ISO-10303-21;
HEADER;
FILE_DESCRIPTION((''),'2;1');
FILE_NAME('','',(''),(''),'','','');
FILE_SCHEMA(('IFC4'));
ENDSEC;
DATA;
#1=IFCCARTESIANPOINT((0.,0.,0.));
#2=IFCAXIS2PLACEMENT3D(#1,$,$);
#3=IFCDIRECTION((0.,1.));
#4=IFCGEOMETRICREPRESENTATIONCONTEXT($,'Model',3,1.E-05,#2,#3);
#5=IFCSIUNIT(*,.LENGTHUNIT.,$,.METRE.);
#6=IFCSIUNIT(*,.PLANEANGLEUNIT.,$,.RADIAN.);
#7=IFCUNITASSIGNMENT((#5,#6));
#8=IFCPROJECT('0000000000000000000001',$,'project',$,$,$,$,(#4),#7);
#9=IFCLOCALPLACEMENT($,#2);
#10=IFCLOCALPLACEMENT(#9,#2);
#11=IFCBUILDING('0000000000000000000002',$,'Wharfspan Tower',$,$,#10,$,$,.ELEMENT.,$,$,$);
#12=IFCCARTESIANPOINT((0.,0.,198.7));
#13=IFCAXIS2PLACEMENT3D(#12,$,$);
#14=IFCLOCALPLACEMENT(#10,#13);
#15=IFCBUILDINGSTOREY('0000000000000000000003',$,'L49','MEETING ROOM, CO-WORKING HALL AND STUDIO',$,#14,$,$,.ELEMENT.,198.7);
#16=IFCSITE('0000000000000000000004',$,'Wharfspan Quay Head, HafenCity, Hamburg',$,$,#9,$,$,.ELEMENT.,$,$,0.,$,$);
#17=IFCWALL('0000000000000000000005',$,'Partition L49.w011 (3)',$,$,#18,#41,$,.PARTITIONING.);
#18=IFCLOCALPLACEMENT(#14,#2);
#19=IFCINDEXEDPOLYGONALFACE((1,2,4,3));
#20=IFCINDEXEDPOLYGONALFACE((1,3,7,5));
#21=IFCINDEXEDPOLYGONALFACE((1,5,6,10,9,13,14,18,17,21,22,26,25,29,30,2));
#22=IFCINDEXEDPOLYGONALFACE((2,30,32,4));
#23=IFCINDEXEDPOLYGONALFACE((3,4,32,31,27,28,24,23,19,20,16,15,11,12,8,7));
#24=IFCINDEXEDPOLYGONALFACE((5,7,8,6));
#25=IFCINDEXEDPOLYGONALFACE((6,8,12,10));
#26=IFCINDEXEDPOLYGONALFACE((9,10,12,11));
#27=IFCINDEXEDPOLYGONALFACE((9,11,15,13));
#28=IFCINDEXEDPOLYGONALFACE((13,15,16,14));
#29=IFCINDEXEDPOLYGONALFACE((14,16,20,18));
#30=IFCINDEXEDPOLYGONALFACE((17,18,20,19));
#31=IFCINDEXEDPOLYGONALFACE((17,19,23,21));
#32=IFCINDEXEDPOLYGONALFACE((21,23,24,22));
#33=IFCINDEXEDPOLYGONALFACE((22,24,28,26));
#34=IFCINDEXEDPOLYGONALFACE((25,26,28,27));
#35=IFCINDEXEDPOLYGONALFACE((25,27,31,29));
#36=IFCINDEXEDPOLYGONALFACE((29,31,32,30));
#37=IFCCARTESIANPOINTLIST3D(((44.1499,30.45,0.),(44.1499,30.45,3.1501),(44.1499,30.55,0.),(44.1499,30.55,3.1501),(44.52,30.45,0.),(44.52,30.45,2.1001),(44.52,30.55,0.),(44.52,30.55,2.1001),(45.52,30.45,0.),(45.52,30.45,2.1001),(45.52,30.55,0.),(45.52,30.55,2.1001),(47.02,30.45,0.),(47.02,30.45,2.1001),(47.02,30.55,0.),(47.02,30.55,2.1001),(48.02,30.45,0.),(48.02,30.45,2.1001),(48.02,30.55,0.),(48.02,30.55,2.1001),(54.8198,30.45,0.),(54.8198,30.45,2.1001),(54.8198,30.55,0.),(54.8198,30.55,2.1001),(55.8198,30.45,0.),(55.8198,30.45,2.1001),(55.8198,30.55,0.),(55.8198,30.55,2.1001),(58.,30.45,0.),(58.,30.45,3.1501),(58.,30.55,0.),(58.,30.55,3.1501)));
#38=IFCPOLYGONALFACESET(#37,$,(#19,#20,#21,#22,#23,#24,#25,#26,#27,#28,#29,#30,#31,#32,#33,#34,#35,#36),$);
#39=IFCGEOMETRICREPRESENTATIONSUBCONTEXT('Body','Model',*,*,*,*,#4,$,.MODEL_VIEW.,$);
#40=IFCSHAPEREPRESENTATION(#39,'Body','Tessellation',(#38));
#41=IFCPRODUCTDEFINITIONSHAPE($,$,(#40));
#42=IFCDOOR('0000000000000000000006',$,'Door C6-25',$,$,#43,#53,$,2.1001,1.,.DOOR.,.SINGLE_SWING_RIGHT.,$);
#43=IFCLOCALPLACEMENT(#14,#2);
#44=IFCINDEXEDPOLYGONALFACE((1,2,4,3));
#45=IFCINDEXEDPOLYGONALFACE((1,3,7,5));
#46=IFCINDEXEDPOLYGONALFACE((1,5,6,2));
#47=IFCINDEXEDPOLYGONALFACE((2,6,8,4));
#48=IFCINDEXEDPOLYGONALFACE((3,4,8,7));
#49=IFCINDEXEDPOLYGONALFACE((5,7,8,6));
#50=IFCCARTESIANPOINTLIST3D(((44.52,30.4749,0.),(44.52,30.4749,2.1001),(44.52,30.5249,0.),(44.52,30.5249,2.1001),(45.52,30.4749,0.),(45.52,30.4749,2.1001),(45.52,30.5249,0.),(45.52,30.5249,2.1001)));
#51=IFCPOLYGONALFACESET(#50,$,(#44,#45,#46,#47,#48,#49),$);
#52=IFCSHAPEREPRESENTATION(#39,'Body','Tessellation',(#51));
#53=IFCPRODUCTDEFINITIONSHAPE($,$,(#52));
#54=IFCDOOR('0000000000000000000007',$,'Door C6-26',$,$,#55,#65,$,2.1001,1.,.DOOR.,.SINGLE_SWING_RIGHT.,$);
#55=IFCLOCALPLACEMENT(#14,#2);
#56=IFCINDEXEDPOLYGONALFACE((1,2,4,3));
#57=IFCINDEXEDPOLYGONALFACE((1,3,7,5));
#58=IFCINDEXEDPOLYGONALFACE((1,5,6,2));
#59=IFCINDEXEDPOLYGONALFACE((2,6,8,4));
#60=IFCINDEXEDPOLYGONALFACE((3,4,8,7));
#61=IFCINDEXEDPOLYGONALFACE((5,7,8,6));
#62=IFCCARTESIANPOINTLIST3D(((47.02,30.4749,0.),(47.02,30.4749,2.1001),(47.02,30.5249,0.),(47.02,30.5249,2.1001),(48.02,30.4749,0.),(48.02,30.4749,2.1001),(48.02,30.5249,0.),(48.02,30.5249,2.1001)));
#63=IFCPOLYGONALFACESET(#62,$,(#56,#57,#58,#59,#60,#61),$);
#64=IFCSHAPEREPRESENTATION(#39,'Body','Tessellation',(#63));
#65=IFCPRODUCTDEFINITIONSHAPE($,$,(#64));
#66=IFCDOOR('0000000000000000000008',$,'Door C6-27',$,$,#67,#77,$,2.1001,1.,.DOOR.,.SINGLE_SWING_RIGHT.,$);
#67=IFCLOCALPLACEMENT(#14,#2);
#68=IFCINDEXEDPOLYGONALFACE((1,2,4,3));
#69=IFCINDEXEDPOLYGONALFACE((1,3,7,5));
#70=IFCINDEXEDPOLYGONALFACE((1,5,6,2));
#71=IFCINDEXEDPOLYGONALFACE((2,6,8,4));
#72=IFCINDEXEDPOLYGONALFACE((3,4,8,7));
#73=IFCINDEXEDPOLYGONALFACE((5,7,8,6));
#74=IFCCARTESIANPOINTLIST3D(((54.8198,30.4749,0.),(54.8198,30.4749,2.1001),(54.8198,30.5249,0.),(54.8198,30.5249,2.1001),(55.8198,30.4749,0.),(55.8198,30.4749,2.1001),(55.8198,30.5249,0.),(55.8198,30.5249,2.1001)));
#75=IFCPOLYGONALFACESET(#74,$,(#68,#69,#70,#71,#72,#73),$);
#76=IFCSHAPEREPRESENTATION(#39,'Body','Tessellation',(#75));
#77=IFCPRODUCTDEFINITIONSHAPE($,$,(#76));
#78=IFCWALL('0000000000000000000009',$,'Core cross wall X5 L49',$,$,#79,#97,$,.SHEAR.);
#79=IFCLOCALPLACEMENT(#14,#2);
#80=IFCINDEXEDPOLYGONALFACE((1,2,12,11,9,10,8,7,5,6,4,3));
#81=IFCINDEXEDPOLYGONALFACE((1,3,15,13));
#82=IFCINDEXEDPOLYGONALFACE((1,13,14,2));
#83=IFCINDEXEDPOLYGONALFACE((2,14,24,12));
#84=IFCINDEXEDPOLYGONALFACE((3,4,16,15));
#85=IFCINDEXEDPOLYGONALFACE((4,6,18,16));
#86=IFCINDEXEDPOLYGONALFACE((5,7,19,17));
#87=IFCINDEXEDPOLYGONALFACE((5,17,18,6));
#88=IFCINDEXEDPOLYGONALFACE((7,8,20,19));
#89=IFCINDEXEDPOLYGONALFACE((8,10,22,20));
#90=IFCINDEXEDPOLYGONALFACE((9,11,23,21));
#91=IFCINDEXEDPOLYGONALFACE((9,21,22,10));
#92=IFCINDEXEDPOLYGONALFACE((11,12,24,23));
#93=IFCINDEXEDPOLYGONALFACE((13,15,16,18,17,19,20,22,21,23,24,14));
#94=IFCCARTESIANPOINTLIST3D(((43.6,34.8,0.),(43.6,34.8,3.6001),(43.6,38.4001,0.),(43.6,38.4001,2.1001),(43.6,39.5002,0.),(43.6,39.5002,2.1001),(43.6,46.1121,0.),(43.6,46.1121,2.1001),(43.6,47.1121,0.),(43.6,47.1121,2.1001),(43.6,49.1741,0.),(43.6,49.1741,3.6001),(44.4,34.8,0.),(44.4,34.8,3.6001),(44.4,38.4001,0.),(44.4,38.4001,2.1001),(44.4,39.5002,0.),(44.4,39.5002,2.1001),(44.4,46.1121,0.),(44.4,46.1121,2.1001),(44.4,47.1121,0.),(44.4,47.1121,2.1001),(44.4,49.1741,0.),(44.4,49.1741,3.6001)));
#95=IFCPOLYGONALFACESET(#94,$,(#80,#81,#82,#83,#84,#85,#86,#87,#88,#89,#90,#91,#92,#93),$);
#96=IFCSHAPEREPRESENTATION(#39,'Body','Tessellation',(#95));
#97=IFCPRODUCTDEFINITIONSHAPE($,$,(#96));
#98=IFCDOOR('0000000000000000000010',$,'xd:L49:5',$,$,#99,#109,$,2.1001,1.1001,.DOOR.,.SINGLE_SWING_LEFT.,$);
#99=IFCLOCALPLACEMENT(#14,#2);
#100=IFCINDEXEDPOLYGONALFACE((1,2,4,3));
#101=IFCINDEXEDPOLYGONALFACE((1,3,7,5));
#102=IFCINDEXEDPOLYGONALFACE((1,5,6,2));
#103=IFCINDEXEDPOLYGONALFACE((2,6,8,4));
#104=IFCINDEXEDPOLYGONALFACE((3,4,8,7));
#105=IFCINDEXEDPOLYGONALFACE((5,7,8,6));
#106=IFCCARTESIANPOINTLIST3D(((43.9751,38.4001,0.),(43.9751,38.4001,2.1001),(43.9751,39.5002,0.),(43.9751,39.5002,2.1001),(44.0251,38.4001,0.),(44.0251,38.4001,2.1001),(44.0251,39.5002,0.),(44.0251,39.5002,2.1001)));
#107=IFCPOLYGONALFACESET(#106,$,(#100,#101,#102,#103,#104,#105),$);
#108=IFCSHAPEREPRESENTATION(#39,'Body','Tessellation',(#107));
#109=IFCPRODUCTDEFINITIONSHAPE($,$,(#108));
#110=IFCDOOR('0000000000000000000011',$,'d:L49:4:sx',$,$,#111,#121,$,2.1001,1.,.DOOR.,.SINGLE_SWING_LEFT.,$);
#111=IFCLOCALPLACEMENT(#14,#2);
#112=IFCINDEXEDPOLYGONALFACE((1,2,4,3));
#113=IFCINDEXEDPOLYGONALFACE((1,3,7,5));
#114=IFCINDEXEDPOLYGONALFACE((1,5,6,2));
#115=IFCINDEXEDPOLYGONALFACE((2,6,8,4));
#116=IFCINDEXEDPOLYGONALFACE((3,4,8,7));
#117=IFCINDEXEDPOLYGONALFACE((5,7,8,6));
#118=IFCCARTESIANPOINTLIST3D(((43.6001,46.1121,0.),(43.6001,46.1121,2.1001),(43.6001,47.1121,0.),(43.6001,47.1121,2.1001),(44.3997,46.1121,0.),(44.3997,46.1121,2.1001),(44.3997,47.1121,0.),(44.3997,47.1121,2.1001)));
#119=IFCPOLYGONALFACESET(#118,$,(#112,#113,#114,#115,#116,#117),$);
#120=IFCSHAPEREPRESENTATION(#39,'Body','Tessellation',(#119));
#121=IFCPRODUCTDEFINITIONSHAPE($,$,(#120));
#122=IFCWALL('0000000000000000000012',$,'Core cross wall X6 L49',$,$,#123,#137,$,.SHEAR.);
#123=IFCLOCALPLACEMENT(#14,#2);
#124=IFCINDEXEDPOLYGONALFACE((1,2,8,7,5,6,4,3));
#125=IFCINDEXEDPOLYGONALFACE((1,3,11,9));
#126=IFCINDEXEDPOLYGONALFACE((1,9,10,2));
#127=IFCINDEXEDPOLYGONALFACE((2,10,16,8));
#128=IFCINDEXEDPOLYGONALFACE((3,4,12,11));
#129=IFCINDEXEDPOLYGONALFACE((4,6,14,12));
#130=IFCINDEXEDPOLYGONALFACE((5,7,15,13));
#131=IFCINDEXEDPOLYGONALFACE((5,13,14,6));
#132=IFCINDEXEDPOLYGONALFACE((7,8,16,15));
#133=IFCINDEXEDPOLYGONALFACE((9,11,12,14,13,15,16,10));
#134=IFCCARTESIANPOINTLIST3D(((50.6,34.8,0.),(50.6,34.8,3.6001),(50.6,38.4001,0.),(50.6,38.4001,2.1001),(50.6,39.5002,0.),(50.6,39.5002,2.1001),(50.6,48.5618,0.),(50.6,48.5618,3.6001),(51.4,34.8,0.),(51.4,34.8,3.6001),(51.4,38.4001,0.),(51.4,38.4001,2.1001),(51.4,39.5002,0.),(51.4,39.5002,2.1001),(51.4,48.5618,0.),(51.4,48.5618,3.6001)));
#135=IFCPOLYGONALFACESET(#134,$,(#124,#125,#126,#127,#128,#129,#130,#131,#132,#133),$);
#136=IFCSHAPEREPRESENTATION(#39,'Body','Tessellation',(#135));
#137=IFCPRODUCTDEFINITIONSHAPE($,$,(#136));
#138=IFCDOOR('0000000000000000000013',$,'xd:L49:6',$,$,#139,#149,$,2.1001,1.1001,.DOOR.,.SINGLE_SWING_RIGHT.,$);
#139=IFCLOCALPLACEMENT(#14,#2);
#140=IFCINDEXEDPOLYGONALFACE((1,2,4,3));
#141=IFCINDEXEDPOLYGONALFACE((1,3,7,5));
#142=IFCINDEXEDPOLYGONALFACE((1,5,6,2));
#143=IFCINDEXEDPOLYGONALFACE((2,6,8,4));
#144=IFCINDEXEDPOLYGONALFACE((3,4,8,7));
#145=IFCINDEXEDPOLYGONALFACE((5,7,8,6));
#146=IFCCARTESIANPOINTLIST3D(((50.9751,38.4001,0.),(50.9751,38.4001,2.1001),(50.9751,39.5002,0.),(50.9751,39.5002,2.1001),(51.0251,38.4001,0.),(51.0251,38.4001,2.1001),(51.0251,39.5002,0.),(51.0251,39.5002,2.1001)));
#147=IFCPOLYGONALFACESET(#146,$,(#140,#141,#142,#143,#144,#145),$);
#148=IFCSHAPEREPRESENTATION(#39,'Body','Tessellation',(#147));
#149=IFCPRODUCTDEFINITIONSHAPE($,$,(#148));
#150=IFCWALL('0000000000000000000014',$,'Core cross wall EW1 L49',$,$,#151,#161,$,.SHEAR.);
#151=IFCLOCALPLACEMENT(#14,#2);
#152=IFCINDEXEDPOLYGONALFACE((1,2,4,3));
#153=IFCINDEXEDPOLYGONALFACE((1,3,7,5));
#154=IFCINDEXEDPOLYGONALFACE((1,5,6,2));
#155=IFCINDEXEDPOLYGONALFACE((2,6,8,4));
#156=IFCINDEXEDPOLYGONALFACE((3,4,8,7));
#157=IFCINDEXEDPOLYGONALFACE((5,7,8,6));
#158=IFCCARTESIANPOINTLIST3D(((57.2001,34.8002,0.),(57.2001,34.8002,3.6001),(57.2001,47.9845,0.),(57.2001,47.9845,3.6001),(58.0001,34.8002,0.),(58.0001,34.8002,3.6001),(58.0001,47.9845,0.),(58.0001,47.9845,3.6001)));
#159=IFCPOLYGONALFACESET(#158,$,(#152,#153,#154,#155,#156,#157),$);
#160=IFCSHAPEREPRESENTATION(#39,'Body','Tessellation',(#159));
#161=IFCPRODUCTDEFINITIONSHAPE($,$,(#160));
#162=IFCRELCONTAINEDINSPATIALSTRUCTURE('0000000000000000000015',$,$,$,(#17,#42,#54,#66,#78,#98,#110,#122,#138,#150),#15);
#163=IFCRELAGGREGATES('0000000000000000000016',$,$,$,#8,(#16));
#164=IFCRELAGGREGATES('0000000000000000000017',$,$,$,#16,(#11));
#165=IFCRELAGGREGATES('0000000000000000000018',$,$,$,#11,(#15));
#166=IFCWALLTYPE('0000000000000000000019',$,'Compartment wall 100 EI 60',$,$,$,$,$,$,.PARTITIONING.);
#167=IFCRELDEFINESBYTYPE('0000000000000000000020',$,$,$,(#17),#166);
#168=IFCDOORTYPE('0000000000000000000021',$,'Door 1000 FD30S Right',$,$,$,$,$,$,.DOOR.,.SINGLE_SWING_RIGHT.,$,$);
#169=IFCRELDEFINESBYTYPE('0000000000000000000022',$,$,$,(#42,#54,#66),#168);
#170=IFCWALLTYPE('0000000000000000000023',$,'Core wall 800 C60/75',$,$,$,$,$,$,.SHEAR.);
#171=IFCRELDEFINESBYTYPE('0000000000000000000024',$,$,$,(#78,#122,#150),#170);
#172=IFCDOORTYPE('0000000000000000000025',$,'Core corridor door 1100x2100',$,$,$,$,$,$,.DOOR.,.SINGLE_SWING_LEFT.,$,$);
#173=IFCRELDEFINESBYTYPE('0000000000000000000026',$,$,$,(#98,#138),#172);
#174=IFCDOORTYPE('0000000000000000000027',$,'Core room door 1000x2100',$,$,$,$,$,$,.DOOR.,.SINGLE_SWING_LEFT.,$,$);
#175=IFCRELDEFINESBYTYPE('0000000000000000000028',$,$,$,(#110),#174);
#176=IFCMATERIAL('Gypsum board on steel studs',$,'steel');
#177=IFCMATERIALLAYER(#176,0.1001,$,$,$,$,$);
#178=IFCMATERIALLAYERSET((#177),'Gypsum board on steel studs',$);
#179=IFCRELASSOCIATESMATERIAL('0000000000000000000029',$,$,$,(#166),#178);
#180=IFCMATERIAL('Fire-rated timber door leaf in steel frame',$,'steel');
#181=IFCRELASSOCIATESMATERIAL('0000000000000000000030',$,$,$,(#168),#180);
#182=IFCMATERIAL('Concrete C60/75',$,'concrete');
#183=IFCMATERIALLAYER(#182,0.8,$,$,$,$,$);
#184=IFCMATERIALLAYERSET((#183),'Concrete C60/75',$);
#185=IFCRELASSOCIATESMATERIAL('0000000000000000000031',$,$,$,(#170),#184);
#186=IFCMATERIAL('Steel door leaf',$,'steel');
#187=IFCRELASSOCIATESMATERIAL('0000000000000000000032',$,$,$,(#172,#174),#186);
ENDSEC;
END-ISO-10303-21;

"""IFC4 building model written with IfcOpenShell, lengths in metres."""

from ifc_helpers import new_model, si_unit, direction, frame, frame_2d, origin, place, context, subcontext, project, spatial, rectangle, extrude, material, layer, layer_set, type_object, element, fill, save


model = new_model("IFC4")

# Units and contexts
model_context = context("Model", 3, precision=1e-05, world=origin(), true_north=direction((0.0, 1.0)))
body_context = subcontext(model_context, "Body", "Model", "MODEL_VIEW")
ifc_project = project(units=[si_unit("LENGTHUNIT", "METRE"), si_unit("PLANEANGLEUNIT", "RADIAN")], contexts=[model_context])

# Site, building, storey
site_placement = place(None, origin())
site = spatial("IfcSite", under=ifc_project, at=site_placement, Name="Wharfspan Quay Head, HafenCity, Hamburg", CompositionType="ELEMENT", RefElevation=0.0)
building_placement = place(site_placement, origin())
building = spatial("IfcBuilding", under=site, at=building_placement, Name="Wharfspan Tower", CompositionType="ELEMENT")
storey_placement = place(building_placement, frame((0.0, 0.0, 198.7)))
storey = spatial("IfcBuildingStorey", under=building, at=storey_placement, Name="L49", Description="MEETING ROOM, CO-WORKING HALL AND STUDIO", CompositionType="ELEMENT", Elevation=198.7)

# Shared definitions
ifc_material_1 = material(Name="Gypsum board on steel studs", Category="steel")
ifc_layer_1 = layer(ifc_material_1, 0.1001)
ifc_layer_set_1 = layer_set([ifc_layer_1], Name="Gypsum board on steel studs")
wall_type_1 = type_object("IfcWallType", Name="Compartment wall 100 EI 60", PredefinedType="PARTITIONING", material=ifc_layer_set_1)

# Walls, openings, doors
wall_1_placement = place(storey_placement, frame((44.1499, 30.5, 0.0), z_axis=(0.0, 0.0, 1.0), x_axis=(1.0, 0.0, 0.0)))
wall_1 = element("IfcWall", 1, at=wall_1_placement, inside=storey, type_object=wall_type_1, Name="Partition L49.w011 (3)", PredefinedType="PARTITIONING", context=body_context, shape_type="SweptSolid", body=[
    extrude(rectangle(XDim=13.8501, YDim=0.1001, at=frame_2d((6.925, 0.0))), origin(), (0.0, 0.0, 1.0), 3.1501),
])
opening_1_placement = place(wall_1_placement, frame((0.3701, 0.0, 0.0)))
opening_1 = element("IfcOpeningElement", 2, at=opening_1_placement, cuts=wall_1, PredefinedType="OPENING", context=body_context, shape_type="SweptSolid", body=[
    extrude(rectangle(XDim=1.0, YDim=2.1001, at=frame_2d((0.5, 1.05))), frame((0.0, 0.0601, 0.0), z_axis=(0.0, -1.0, 0.0), x_axis=(1.0, 0.0, 0.0)), (0.0, 0.0, 1.0), 0.1201),
])
opening_2_placement = place(wall_1_placement, frame((2.8701, 0.0, 0.0)))
opening_2 = element("IfcOpeningElement", 3, at=opening_2_placement, cuts=wall_1, PredefinedType="OPENING", context=body_context, shape_type="SweptSolid", body=[
    extrude(rectangle(XDim=1.0, YDim=2.1001, at=frame_2d((0.5, 1.05))), frame((0.0, 0.0601, 0.0), z_axis=(0.0, -1.0, 0.0), x_axis=(1.0, 0.0, 0.0)), (0.0, 0.0, 1.0), 0.1201),
])
opening_3_placement = place(wall_1_placement, frame((10.6699, 0.0, 0.0)))
opening_3 = element("IfcOpeningElement", 4, at=opening_3_placement, cuts=wall_1, PredefinedType="OPENING", context=body_context, shape_type="SweptSolid", body=[
    extrude(rectangle(XDim=1.0, YDim=2.1001, at=frame_2d((0.5, 1.05))), frame((0.0, 0.0601, 0.0), z_axis=(0.0, -1.0, 0.0), x_axis=(1.0, 0.0, 0.0)), (0.0, 0.0, 1.0), 0.1201),
])
ifc_material_2 = material(Name="Fire-rated timber door leaf in steel frame", Category="steel")
door_type_1 = type_object("IfcDoorType", Name="Door 1000 FD30S Right", OperationType="SINGLE_SWING_RIGHT", PredefinedType="DOOR", material=ifc_material_2)
door_1_placement = place(opening_1_placement, origin())
door_1 = element("IfcDoor", 5, at=door_1_placement, inside=storey, type_object=door_type_1, Name="Door C6-25", OperationType="SINGLE_SWING_RIGHT", OverallHeight=2.1001, OverallWidth=1.0, PredefinedType="DOOR", context=body_context, shape_type="SweptSolid", body=[
    extrude(rectangle(XDim=1.0, YDim=2.1001, at=frame_2d((0.5, 1.05))), frame((0.0, 0.0249, 0.0), z_axis=(0.0, -1.0, 0.0), x_axis=(1.0, 0.0, 0.0)), (0.0, 0.0, 1.0), 0.05),
])
fill(opening_1, door_1)
door_2_placement = place(opening_2_placement, origin())
door_2 = element("IfcDoor", 6, at=door_2_placement, inside=storey, type_object=door_type_1, Name="Door C6-26", OperationType="SINGLE_SWING_RIGHT", OverallHeight=2.1001, OverallWidth=1.0, PredefinedType="DOOR", context=body_context, shape_type="SweptSolid", body=[
    extrude(rectangle(XDim=1.0, YDim=2.1001, at=frame_2d((0.5, 1.05))), frame((0.0, 0.0249, 0.0), z_axis=(0.0, -1.0, 0.0), x_axis=(1.0, 0.0, 0.0)), (0.0, 0.0, 1.0), 0.05),
])
fill(opening_2, door_2)
door_3_placement = place(opening_3_placement, origin())
door_3 = element("IfcDoor", 7, at=door_3_placement, inside=storey, type_object=door_type_1, Name="Door C6-27", OperationType="SINGLE_SWING_RIGHT", OverallHeight=2.1001, OverallWidth=1.0, PredefinedType="DOOR", context=body_context, shape_type="SweptSolid", body=[
    extrude(rectangle(XDim=1.0, YDim=2.1001, at=frame_2d((0.5, 1.05))), frame((0.0, 0.0249, 0.0), z_axis=(0.0, -1.0, 0.0), x_axis=(1.0, 0.0, 0.0)), (0.0, 0.0, 1.0), 0.05),
])
fill(opening_3, door_3)
ifc_material_3 = material(Name="Concrete C60/75", Category="concrete")
ifc_layer_2 = layer(ifc_material_3, 0.8)
ifc_layer_set_2 = layer_set([ifc_layer_2], Name="Concrete C60/75")
wall_type_2 = type_object("IfcWallType", Name="Core wall 800 C60/75", PredefinedType="SHEAR", material=ifc_layer_set_2)
wall_2_placement = place(storey_placement, frame((44.0, 34.8, 0.0), z_axis=(0.0, 0.0, 1.0), x_axis=(0.0, 1.0, 0.0)))
wall_2 = element("IfcWall", 8, at=wall_2_placement, inside=storey, type_object=wall_type_2, Name="Core cross wall X5 L49", PredefinedType="SHEAR", context=body_context, shape_type="SweptSolid", body=[
    extrude(rectangle(XDim=14.374, YDim=0.8, at=frame_2d((7.187, 0.0))), origin(), (0.0, 0.0, 1.0), 3.6001),
])
opening_4_placement = place(wall_2_placement, frame((11.312, 0.0, 0.0)))
opening_4 = element("IfcOpeningElement", 9, at=opening_4_placement, cuts=wall_2, PredefinedType="OPENING", context=body_context, shape_type="SweptSolid", body=[
    extrude(rectangle(XDim=1.0, YDim=2.1001, at=frame_2d((0.5, 1.05))), frame((0.0, 0.4099, 0.0), z_axis=(0.0, -1.0, 0.0), x_axis=(1.0, 0.0, 0.0)), (0.0, 0.0, 1.0), 0.8201),
])
opening_5_placement = place(wall_2_placement, frame((3.6001, 0.0, 0.0)))
opening_5 = element("IfcOpeningElement", 10, at=opening_5_placement, cuts=wall_2, PredefinedType="OPENING", context=body_context, shape_type="SweptSolid", body=[
    extrude(rectangle(XDim=1.1001, YDim=2.1001, at=frame_2d((0.55, 1.05))), frame((0.0, 0.4099, 0.0), z_axis=(0.0, -1.0, 0.0), x_axis=(1.0, 0.0, 0.0)), (0.0, 0.0, 1.0), 0.8201),
])
ifc_material_4 = material(Name="Steel door leaf", Category="steel")
door_type_2 = type_object("IfcDoorType", Name="Core corridor door 1100x2100", OperationType="SINGLE_SWING_LEFT", PredefinedType="DOOR", material=ifc_material_4)
door_4_placement = place(opening_5_placement, origin())
door_4 = element("IfcDoor", 11, at=door_4_placement, inside=storey, type_object=door_type_2, Name="xd:L49:5", OperationType="SINGLE_SWING_LEFT", OverallHeight=2.1001, OverallWidth=1.1001, PredefinedType="DOOR", context=body_context, shape_type="SweptSolid", body=[
    extrude(rectangle(XDim=1.1001, YDim=2.1001, at=frame_2d((0.55, 1.05))), frame((0.0, 0.0249, 0.0), z_axis=(0.0, -1.0, 0.0), x_axis=(1.0, 0.0, 0.0)), (0.0, 0.0, 1.0), 0.05),
])
fill(opening_5, door_4)
door_type_3 = type_object("IfcDoorType", Name="Core room door 1000x2100", OperationType="SINGLE_SWING_LEFT", PredefinedType="DOOR", material=ifc_material_4)
door_5_placement = place(opening_4_placement, origin())
door_5 = element("IfcDoor", 12, at=door_5_placement, inside=storey, type_object=door_type_3, Name="d:L49:4:sx", OperationType="SINGLE_SWING_LEFT", OverallHeight=2.1001, OverallWidth=1.0, PredefinedType="DOOR", context=body_context, shape_type="SweptSolid", body=[
    extrude(rectangle(XDim=1.0, YDim=2.1001, at=frame_2d((0.5, 1.05))), frame((0.0, 0.3999, 0.0), z_axis=(0.0, -1.0, 0.0), x_axis=(1.0, 0.0, 0.0)), (0.0, 0.0, 1.0), 0.7996),
])
fill(opening_4, door_5)

# Wall, opening, door
wall_3_placement = place(storey_placement, frame((51.0, 34.8, 0.0), z_axis=(0.0, 0.0, 1.0), x_axis=(0.0, 1.0, 0.0)))
wall_3 = element("IfcWall", 13, at=wall_3_placement, inside=storey, type_object=wall_type_2, Name="Core cross wall X6 L49", PredefinedType="SHEAR", context=body_context, shape_type="SweptSolid", body=[
    extrude(rectangle(XDim=13.7617, YDim=0.8, at=frame_2d((6.8809, 0.0))), origin(), (0.0, 0.0, 1.0), 3.6001),
])
opening_6_placement = place(wall_3_placement, frame((3.6001, 0.0, 0.0)))
opening_6 = element("IfcOpeningElement", 14, at=opening_6_placement, cuts=wall_3, PredefinedType="OPENING", context=body_context, shape_type="SweptSolid", body=[
    extrude(rectangle(XDim=1.1001, YDim=2.1001, at=frame_2d((0.55, 1.05))), frame((0.0, 0.4099, 0.0), z_axis=(0.0, -1.0, 0.0), x_axis=(1.0, 0.0, 0.0)), (0.0, 0.0, 1.0), 0.8201),
])
door_6_placement = place(opening_6_placement, origin())
door_6 = element("IfcDoor", 15, at=door_6_placement, inside=storey, type_object=door_type_2, Name="xd:L49:6", OperationType="SINGLE_SWING_RIGHT", OverallHeight=2.1001, OverallWidth=1.1001, PredefinedType="DOOR", context=body_context, shape_type="SweptSolid", body=[
    extrude(rectangle(XDim=1.1001, YDim=2.1001, at=frame_2d((0.55, 1.05))), frame((0.0, 0.0249, 0.0), z_axis=(0.0, -1.0, 0.0), x_axis=(1.0, 0.0, 0.0)), (0.0, 0.0, 1.0), 0.05),
])
fill(opening_6, door_6)

# Wall
wall_4_placement = place(storey_placement, frame((57.6001, 34.8, 0.0), z_axis=(0.0, 0.0, 1.0), x_axis=(0.0, 1.0, 0.0)))
element("IfcWall", 16, at=wall_4_placement, inside=storey, type_object=wall_type_2, Name="Core cross wall EW1 L49", PredefinedType="SHEAR", context=body_context, shape_type="SweptSolid", body=[
    extrude(rectangle(XDim=13.1843, YDim=0.8, at=frame_2d((6.5923, 0.0))), origin(), (0.0, 0.0, 1.0), 3.6001),
])

save(model, "model.ifc")
